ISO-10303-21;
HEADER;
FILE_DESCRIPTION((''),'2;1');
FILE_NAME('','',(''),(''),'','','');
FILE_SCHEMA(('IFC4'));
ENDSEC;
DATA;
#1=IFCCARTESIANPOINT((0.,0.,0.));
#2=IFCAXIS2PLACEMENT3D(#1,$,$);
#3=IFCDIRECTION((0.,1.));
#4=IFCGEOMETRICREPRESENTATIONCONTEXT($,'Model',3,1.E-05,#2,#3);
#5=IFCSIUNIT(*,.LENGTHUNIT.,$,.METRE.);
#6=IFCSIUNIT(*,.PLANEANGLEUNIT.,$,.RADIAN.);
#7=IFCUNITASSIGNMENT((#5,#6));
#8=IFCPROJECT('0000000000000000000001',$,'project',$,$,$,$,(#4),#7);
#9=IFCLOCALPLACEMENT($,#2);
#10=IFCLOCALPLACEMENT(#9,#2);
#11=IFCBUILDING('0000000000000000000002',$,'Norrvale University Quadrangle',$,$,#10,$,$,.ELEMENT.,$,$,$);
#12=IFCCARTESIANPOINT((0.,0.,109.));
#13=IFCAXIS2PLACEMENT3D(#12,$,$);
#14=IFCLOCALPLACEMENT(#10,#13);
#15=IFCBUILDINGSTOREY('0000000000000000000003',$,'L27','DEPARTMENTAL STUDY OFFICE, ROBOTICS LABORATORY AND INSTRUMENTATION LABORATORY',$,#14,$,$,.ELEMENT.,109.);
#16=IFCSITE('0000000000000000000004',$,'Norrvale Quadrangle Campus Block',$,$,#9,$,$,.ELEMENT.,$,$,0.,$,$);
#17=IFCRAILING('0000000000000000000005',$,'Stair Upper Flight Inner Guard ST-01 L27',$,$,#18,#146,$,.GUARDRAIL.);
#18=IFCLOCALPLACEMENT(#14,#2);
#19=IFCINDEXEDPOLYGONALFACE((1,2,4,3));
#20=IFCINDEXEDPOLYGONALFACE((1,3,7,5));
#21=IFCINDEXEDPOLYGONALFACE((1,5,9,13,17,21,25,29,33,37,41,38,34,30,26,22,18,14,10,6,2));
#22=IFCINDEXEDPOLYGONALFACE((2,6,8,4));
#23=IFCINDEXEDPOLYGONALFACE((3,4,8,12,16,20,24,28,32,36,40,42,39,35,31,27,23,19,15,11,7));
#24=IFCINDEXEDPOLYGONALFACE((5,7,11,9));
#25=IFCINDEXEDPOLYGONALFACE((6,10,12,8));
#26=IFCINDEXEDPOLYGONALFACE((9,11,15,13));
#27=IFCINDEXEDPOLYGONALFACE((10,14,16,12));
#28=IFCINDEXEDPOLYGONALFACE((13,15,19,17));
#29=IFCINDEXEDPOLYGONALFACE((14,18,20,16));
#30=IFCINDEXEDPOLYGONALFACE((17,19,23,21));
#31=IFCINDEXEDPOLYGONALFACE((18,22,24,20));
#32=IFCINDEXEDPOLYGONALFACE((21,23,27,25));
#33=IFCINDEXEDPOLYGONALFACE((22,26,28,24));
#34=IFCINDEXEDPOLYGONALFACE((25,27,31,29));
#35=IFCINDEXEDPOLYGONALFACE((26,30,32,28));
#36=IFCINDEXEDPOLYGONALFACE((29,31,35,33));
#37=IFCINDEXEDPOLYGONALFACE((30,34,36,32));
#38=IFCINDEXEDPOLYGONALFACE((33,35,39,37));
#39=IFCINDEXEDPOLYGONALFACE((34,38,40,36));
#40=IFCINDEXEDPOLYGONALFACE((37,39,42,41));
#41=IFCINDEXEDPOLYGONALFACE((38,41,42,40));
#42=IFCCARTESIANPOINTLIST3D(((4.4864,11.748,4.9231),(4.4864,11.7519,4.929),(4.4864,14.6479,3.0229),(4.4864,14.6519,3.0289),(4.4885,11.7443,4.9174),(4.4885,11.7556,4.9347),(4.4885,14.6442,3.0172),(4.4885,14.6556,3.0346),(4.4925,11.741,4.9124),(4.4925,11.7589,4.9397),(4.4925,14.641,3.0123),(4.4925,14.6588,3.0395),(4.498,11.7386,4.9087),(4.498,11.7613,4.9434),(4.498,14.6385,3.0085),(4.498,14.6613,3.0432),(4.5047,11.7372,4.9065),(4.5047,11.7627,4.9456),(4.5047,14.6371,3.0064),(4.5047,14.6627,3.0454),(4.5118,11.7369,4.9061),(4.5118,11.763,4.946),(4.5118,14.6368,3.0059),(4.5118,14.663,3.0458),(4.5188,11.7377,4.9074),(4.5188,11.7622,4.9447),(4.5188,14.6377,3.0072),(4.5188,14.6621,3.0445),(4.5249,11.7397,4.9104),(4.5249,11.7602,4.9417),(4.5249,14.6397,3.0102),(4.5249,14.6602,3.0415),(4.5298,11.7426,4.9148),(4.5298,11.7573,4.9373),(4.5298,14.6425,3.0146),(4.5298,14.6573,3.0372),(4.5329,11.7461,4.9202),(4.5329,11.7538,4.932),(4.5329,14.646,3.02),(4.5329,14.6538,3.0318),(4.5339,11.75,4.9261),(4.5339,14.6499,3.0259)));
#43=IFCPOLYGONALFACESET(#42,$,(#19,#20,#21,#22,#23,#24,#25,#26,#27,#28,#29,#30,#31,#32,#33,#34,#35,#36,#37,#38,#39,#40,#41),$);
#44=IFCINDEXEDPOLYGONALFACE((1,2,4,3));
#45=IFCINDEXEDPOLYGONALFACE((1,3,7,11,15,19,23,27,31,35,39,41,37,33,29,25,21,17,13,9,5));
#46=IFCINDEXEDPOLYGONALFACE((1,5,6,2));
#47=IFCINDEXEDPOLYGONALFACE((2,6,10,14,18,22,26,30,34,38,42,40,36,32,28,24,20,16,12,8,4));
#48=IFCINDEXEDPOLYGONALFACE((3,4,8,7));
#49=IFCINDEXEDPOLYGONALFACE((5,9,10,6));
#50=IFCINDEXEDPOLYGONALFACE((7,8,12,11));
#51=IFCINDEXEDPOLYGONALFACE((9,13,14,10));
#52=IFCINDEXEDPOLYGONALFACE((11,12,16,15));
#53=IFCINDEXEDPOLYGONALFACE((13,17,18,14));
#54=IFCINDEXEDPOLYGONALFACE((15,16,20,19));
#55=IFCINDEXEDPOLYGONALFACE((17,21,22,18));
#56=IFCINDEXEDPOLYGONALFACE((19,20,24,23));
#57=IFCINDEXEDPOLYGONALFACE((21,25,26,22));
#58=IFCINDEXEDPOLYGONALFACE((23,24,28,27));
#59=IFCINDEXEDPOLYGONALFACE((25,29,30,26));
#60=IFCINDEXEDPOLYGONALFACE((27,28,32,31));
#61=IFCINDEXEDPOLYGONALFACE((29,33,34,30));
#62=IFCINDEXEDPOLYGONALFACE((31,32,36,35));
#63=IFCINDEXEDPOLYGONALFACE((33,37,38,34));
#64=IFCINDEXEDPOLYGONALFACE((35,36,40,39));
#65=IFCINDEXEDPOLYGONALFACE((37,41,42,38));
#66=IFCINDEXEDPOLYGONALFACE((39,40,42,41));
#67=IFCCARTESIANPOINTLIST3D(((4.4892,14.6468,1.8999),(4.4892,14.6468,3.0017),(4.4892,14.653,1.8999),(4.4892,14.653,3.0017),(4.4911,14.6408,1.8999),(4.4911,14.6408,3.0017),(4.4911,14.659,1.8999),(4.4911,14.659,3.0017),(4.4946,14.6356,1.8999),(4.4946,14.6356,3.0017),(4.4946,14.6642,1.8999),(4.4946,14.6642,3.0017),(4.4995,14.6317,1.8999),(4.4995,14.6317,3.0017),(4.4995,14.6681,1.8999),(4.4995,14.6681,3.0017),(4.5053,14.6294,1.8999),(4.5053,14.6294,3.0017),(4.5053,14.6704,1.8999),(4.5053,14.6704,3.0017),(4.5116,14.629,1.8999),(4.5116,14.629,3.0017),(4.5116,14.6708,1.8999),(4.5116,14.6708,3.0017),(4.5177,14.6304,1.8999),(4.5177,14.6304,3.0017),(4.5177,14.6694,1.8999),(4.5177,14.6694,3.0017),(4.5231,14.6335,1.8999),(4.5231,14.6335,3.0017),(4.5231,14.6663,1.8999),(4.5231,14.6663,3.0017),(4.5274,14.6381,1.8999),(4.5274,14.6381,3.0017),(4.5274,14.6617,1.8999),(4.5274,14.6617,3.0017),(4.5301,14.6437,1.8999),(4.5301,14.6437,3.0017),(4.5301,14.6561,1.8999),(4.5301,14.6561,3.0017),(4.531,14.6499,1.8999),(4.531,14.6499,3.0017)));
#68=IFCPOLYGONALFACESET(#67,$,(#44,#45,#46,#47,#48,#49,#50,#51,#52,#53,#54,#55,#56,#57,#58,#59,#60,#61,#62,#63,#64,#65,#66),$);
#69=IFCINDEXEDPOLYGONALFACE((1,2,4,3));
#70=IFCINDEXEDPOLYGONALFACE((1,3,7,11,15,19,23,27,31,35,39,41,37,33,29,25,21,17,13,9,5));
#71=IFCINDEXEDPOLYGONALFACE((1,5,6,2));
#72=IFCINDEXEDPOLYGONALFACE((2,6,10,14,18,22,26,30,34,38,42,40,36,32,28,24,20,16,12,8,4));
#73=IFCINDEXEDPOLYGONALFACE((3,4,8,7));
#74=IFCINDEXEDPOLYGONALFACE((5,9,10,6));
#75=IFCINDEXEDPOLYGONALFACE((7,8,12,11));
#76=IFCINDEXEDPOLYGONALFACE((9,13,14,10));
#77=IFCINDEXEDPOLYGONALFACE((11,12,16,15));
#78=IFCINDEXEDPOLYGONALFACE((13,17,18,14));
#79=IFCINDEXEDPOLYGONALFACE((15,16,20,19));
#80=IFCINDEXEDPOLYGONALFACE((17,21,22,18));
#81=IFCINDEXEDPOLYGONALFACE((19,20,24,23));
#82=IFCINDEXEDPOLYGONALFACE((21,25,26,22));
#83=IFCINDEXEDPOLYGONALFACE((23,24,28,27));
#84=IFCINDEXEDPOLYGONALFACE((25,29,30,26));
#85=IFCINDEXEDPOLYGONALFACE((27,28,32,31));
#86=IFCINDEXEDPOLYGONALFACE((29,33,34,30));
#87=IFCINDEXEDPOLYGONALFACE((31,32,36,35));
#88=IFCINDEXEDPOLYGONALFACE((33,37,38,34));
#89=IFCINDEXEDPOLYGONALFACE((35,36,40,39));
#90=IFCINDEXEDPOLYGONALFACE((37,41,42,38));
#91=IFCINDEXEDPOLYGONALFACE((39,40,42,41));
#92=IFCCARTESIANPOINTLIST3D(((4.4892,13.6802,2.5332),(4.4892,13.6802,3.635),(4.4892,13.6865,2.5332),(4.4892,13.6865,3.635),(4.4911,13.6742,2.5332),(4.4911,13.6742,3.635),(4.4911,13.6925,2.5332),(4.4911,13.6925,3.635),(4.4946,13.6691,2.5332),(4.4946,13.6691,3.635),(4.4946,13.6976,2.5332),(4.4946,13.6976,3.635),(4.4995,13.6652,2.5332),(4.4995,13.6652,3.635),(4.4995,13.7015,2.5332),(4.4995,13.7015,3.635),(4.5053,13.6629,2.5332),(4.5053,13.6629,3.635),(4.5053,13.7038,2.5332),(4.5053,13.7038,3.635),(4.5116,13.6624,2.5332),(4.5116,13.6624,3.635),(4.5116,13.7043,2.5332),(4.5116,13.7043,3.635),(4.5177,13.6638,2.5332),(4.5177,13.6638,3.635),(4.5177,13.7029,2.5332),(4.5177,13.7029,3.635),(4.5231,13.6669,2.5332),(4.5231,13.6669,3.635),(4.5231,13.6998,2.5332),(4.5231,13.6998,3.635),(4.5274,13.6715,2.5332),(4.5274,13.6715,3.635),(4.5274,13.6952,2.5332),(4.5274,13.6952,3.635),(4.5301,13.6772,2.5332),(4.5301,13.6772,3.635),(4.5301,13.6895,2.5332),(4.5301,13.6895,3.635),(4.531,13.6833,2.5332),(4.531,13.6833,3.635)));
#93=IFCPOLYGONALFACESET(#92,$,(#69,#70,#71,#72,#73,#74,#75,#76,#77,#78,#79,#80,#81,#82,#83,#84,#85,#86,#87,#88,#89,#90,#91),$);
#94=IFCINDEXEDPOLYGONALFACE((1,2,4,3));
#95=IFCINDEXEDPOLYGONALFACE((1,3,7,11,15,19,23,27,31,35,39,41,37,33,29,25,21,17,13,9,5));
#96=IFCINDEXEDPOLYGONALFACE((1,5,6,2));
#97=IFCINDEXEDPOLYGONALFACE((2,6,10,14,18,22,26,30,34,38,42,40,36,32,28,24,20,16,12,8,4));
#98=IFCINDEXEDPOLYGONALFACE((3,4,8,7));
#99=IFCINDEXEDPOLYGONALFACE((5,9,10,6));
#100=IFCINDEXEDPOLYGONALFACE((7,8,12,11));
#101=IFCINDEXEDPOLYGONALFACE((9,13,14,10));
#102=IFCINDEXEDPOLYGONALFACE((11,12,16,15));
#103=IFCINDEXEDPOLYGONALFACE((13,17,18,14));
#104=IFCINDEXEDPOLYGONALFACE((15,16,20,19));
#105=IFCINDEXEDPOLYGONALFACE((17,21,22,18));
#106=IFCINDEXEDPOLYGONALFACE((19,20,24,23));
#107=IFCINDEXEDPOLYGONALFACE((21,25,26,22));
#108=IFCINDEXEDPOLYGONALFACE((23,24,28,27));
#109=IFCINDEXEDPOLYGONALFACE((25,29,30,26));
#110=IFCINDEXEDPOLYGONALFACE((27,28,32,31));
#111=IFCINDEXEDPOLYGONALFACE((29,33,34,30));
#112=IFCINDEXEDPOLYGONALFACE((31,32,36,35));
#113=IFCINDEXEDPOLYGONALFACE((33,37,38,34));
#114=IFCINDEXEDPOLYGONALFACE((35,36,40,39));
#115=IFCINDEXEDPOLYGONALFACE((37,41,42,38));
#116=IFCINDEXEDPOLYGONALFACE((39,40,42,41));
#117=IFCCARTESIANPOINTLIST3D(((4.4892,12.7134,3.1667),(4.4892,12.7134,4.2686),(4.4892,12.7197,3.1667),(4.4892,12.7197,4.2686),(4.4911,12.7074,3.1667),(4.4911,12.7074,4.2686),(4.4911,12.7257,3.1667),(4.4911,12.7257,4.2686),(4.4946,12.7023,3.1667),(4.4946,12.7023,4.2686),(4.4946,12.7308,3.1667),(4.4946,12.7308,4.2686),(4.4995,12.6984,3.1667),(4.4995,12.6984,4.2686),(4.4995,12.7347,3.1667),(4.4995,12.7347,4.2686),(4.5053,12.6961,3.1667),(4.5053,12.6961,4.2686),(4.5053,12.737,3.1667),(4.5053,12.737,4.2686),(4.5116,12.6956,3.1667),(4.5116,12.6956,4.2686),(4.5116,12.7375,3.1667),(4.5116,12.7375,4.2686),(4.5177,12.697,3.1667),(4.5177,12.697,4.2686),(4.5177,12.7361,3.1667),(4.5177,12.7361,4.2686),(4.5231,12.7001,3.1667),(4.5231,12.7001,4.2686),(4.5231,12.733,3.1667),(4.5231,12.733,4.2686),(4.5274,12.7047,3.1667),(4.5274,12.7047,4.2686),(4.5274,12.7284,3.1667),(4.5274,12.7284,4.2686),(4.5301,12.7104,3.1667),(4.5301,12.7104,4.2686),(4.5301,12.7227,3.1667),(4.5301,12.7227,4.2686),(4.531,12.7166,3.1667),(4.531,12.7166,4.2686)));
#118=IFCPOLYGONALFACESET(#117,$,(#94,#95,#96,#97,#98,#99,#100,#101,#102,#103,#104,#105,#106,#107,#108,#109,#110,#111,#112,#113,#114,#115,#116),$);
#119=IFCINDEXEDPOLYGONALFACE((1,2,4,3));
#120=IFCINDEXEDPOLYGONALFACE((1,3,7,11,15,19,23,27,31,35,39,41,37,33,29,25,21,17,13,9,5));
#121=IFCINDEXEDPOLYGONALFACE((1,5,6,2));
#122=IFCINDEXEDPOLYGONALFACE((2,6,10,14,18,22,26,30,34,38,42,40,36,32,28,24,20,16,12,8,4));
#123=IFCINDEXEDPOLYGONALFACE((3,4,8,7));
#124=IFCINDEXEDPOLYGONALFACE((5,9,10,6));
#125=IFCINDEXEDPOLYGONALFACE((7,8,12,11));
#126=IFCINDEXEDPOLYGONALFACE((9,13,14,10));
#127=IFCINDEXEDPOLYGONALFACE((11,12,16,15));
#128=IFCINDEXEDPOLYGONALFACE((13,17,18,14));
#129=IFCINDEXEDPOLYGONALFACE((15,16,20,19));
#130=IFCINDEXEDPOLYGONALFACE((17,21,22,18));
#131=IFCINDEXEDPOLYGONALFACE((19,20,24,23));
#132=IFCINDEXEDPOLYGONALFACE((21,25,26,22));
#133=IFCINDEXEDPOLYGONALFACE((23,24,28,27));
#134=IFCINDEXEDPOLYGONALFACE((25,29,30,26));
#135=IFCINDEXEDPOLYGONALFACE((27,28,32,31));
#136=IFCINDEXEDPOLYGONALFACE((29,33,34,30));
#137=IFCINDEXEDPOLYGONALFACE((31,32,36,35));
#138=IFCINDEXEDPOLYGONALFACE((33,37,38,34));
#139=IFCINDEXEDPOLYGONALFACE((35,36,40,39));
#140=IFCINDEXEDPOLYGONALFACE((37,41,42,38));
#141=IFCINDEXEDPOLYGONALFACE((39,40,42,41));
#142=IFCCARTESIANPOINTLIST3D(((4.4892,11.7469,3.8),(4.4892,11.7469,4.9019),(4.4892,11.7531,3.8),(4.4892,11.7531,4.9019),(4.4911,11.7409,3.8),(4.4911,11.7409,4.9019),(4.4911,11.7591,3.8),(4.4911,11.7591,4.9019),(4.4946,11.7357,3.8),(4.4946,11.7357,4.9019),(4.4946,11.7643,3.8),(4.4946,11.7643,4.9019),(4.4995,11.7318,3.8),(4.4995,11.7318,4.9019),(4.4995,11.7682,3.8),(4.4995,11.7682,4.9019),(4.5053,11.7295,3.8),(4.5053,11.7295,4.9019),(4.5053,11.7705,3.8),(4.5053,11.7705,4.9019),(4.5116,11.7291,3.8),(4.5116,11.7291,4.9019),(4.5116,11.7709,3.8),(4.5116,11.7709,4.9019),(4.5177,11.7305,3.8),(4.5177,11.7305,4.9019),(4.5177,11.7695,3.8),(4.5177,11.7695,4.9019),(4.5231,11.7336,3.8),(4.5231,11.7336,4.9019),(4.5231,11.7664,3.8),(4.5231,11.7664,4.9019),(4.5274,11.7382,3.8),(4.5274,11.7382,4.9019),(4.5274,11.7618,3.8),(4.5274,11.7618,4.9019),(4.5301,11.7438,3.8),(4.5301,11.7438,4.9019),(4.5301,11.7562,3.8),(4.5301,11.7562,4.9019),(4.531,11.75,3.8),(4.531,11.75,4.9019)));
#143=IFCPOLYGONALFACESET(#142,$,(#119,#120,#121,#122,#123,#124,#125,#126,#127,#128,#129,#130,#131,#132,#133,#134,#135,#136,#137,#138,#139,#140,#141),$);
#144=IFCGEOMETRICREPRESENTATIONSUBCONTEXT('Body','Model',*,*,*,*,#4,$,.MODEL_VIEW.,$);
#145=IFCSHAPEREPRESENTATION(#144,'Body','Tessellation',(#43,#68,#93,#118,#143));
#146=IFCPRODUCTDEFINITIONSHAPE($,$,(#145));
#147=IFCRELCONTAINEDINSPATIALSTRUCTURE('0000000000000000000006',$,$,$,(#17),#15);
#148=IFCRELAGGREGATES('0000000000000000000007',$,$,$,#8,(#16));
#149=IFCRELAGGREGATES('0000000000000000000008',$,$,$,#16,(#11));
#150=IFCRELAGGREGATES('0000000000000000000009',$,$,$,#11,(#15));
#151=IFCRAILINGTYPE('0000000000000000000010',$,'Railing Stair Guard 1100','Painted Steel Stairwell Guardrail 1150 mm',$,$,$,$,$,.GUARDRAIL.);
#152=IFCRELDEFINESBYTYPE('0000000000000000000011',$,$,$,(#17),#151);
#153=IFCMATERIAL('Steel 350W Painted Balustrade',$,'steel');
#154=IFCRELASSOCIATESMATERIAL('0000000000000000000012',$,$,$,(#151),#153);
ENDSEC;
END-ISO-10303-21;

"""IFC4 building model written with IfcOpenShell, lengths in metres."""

from ifc_helpers import new_model, si_unit, direction, frame, origin, origin_2d, place, context, subcontext, project, spatial, circle, extrude, material, type_object, element, save


model = new_model("IFC4")

# Units and contexts
model_context = context("Model", 3, precision=1e-05, world=origin(), true_north=direction((0.0, 1.0)))
body_context = subcontext(model_context, "Body", "Model", "MODEL_VIEW")
ifc_project = project(units=[si_unit("LENGTHUNIT", "METRE"), si_unit("PLANEANGLEUNIT", "RADIAN")], contexts=[model_context])

# Site, building, storey
site_placement = place(None, origin())
site = spatial("IfcSite", under=ifc_project, at=site_placement, Name="Norrvale Quadrangle Campus Block", CompositionType="ELEMENT", RefElevation=0.0)
building_placement = place(site_placement, origin())
building = spatial("IfcBuilding", under=site, at=building_placement, Name="Norrvale University Quadrangle", CompositionType="ELEMENT")
storey_placement = place(building_placement, frame((0.0, 0.0, 109.0)))
storey = spatial("IfcBuildingStorey", under=building, at=storey_placement, Name="L27", Description="DEPARTMENTAL STUDY OFFICE, ROBOTICS LABORATORY AND INSTRUMENTATION LABORATORY", CompositionType="ELEMENT", Elevation=109.0)

# Railing
ifc_material_1 = material(Name="Steel 350W Painted Balustrade", Category="steel")
railing_type_1 = type_object("IfcRailingType", Name="Railing Stair Guard 1100", Description="Painted Steel Stairwell Guardrail 1150 mm", PredefinedType="GUARDRAIL", material=ifc_material_1)
railing_1_placement = place(storey_placement, frame((4.51, 14.6499, 1.8999)))
element("IfcRailing", 1, at=railing_1_placement, inside=storey, type_object=railing_type_1, Name="Stair Upper Flight Inner Guard ST-01 L27", PredefinedType="GUARDRAIL", context=body_context, shape_type="SweptSolid", body=[
    extrude(circle(Radius=0.0239, at=origin_2d()), frame((0.0, 0.0, 1.126), z_axis=(0.0, -0.836433, 0.548069), x_axis=(1.0, 0.0, 0.0)), (0.0, 0.0, 1.0), 3.467),
    extrude(circle(Radius=0.021, at=origin_2d()), origin(), (0.0, 0.0, 1.0), 1.1018),
    extrude(circle(Radius=0.021, at=origin_2d()), frame((0.0, -0.9666, 0.6333)), (0.0, 0.0, 1.0), 1.1018),
    extrude(circle(Radius=0.021, at=origin_2d()), frame((0.0, -1.9333, 1.2668)), (0.0, 0.0, 1.0), 1.1018),
    extrude(circle(Radius=0.021, at=origin_2d()), frame((0.0, -2.8999, 1.9001)), (0.0, 0.0, 1.0), 1.1018),
])

save(model, "model.ifc")
